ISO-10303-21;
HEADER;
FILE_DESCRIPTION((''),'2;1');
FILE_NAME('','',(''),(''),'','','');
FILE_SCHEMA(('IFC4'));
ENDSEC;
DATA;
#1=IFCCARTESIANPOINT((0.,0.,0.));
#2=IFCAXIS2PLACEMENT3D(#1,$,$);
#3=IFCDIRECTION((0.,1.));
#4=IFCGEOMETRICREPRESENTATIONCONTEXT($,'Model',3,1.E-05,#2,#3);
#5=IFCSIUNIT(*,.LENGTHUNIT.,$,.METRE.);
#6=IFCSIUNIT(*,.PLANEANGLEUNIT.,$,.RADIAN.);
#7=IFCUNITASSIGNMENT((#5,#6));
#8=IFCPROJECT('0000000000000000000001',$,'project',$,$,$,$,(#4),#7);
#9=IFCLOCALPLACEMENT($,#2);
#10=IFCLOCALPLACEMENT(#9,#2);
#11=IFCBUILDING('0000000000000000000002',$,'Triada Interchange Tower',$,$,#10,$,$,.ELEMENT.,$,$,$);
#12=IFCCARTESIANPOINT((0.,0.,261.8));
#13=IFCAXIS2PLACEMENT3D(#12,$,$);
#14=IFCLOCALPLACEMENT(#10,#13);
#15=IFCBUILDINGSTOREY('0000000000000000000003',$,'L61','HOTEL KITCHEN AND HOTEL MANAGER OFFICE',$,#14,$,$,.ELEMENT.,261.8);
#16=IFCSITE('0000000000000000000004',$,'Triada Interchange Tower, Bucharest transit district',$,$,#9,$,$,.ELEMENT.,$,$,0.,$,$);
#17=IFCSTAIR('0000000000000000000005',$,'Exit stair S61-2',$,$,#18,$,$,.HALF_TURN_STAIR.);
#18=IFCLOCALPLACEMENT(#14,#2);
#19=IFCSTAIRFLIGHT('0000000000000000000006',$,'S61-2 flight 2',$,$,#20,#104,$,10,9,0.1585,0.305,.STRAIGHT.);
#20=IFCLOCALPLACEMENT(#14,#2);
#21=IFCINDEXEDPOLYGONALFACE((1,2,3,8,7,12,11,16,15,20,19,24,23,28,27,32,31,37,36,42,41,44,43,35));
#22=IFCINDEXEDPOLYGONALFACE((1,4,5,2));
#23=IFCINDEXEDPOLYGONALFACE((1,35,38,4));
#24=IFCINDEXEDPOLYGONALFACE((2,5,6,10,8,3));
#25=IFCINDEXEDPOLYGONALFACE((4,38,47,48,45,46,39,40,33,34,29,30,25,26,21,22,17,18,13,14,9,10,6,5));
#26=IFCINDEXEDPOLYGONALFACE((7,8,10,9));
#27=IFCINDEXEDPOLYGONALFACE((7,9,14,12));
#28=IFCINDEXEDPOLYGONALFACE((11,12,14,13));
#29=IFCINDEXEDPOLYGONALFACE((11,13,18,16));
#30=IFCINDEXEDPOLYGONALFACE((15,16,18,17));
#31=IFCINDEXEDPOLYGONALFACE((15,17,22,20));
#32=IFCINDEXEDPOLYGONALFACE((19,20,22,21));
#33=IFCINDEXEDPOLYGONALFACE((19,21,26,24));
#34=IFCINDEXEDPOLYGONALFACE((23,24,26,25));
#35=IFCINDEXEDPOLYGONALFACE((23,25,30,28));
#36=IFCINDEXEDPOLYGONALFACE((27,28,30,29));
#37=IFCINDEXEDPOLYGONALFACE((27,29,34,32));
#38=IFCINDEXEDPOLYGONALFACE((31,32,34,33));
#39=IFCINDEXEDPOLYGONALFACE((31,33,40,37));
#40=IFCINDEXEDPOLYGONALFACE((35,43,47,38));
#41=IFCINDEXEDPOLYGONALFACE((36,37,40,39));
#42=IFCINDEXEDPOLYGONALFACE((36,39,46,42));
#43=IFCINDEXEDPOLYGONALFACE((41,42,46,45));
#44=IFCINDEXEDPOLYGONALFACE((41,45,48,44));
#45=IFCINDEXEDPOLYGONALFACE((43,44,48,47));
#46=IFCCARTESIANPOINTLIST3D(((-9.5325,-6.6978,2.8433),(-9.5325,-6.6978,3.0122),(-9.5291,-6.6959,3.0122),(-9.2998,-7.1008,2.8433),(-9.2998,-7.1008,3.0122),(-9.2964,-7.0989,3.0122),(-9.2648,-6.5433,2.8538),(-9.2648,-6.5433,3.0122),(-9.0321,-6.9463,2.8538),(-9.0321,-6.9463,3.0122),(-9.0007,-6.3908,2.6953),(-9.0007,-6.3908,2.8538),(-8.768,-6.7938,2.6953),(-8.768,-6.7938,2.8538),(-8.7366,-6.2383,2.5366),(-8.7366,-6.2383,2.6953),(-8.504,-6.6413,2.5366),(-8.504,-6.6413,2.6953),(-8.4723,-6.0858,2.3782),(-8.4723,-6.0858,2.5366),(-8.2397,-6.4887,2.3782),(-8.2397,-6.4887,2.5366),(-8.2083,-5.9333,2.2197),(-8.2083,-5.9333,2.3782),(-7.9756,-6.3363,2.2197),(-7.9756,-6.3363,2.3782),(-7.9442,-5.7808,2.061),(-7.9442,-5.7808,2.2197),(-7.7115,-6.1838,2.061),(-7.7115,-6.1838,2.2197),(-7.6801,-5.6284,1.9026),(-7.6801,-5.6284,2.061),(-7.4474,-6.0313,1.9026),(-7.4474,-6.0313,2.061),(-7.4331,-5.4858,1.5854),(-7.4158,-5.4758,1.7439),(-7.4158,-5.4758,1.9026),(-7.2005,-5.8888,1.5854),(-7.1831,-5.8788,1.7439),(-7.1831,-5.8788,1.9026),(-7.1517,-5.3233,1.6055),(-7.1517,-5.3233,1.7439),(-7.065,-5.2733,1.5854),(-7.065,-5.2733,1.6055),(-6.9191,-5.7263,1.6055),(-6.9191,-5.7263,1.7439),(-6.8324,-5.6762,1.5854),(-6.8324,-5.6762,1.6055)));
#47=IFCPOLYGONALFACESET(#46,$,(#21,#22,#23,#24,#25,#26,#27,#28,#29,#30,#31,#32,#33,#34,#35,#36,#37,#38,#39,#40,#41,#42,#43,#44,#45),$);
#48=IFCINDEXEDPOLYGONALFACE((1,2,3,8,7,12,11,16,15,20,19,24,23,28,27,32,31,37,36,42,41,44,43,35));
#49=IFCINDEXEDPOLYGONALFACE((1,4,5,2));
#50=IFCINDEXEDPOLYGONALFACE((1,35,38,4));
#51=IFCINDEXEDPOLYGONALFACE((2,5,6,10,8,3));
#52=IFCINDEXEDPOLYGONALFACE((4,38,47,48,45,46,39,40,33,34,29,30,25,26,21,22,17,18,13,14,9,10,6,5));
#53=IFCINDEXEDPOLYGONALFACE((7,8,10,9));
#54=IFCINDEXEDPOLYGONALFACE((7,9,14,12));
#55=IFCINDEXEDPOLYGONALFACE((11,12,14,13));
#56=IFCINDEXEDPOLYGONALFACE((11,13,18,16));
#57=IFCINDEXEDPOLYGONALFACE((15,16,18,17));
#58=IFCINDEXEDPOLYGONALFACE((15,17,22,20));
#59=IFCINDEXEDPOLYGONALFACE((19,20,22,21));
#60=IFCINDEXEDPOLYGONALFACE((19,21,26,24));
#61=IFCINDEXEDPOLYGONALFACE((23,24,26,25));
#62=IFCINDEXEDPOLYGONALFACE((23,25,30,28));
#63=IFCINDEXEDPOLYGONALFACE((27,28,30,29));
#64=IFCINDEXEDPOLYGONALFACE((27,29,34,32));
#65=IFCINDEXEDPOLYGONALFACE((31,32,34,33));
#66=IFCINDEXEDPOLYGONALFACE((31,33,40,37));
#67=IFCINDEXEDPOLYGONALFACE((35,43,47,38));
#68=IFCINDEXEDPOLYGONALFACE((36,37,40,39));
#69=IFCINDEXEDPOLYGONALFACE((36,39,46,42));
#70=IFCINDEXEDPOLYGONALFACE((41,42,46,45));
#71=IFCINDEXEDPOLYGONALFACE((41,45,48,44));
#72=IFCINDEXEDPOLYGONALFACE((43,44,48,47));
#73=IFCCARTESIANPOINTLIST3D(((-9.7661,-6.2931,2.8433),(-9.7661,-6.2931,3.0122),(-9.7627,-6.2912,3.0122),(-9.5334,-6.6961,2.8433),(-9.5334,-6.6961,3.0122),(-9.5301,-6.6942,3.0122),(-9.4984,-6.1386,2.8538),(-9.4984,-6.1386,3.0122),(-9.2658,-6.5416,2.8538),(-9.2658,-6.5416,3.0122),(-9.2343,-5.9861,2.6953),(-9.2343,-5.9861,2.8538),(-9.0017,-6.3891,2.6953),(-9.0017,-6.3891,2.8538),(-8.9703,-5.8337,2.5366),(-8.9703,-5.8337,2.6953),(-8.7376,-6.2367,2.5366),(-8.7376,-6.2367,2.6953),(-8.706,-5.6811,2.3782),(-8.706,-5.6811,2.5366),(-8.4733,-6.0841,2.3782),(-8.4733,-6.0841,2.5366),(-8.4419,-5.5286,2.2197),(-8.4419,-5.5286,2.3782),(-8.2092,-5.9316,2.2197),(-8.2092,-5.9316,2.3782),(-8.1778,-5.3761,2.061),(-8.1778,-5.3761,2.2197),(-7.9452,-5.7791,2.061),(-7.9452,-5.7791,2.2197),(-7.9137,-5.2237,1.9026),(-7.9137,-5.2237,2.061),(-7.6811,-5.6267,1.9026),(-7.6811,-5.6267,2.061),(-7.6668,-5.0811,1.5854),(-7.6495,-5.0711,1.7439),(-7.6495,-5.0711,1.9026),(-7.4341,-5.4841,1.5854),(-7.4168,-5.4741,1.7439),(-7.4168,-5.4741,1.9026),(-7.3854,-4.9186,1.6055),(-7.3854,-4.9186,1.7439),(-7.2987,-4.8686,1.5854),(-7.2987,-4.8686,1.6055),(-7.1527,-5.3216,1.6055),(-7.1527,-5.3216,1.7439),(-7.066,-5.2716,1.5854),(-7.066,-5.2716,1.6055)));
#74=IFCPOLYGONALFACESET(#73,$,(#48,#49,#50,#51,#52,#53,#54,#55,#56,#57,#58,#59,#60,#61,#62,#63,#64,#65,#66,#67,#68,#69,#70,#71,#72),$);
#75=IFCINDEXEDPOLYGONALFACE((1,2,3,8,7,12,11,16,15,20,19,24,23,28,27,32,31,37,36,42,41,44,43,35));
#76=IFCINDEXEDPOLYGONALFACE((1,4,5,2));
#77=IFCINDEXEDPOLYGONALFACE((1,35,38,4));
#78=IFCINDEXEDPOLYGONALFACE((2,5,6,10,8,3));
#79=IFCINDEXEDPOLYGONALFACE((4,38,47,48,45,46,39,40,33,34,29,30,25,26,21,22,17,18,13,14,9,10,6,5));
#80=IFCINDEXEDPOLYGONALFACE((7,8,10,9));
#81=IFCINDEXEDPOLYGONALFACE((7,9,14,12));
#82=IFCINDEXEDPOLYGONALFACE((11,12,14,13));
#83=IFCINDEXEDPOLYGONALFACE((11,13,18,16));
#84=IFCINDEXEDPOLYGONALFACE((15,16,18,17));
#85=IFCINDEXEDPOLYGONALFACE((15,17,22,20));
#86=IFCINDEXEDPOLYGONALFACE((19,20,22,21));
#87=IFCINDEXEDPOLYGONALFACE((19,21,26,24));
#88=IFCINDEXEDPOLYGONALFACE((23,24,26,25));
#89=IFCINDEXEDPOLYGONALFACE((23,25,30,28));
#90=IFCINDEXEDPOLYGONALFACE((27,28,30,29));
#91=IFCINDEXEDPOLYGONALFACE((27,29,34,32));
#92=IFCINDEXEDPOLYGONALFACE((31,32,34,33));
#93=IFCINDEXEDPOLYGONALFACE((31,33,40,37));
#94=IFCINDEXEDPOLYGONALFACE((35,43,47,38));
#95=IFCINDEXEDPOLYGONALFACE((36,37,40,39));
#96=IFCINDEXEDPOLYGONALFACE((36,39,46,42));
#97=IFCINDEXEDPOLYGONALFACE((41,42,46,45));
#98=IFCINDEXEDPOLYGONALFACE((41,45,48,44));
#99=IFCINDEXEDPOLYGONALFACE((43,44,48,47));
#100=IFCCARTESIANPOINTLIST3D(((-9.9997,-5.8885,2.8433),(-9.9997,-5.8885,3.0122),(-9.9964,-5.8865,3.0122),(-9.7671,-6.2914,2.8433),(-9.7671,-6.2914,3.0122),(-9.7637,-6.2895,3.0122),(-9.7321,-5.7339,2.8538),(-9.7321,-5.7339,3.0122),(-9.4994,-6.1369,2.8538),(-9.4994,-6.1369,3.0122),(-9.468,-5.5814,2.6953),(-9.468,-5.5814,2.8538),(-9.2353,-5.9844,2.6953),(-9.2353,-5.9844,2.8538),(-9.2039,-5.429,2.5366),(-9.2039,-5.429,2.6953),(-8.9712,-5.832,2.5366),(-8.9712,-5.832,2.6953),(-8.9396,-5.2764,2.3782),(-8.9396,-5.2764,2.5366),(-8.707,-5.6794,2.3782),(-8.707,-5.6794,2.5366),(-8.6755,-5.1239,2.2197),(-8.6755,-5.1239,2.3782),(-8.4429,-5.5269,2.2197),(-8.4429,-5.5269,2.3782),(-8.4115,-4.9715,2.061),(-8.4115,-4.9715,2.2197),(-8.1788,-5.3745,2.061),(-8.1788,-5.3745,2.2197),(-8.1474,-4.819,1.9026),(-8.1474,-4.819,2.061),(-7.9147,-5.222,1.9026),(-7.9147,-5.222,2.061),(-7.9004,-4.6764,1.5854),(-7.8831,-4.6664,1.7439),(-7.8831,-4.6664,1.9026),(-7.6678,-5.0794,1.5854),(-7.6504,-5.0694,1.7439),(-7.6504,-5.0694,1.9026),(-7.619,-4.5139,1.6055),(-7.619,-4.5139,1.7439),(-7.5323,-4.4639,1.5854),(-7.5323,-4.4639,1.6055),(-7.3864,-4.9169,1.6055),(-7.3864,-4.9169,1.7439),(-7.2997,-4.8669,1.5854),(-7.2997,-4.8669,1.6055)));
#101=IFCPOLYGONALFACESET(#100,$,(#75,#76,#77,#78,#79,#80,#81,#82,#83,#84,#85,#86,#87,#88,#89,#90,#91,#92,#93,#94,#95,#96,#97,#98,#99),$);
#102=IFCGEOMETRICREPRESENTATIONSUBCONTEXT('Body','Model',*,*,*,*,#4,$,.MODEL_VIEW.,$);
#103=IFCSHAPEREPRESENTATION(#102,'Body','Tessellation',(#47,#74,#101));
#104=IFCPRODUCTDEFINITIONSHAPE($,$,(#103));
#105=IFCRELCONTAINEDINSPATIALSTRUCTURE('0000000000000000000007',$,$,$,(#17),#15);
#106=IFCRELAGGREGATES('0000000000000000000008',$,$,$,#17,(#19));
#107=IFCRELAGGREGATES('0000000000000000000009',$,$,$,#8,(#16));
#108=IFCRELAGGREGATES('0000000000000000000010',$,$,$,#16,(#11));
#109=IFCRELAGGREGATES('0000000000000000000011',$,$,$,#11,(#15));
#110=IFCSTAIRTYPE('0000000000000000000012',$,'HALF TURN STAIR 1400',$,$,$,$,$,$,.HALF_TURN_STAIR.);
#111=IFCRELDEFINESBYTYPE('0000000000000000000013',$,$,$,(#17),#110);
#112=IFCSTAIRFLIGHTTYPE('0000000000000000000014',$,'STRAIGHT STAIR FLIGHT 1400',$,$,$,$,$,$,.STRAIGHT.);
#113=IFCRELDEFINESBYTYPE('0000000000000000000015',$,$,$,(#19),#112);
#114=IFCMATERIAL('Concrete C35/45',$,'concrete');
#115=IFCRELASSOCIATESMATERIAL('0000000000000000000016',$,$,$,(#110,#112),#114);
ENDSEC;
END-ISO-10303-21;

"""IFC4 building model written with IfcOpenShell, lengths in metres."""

from ifc_helpers import new_model, si_unit, direction, frame, origin, place, context, subcontext, project, spatial, polyline, outline, extrude, material, type_object, element, aggregate, save


model = new_model("IFC4")

# Units and contexts
model_context = context("Model", 3, precision=1e-05, world=origin(), true_north=direction((0.0, 1.0)))
body_context = subcontext(model_context, "Body", "Model", "MODEL_VIEW")
ifc_project = project(units=[si_unit("LENGTHUNIT", "METRE"), si_unit("PLANEANGLEUNIT", "RADIAN")], contexts=[model_context])

# Site, building, storey
site_placement = place(None, origin())
site = spatial("IfcSite", under=ifc_project, at=site_placement, Name="Triada Interchange Tower, Bucharest transit district", CompositionType="ELEMENT", RefElevation=0.0)
building_placement = place(site_placement, origin())
building = spatial("IfcBuilding", under=site, at=building_placement, Name="Triada Interchange Tower", CompositionType="ELEMENT")
storey_placement = place(building_placement, frame((0.0, 0.0, 261.8)))
storey = spatial("IfcBuildingStorey", under=building, at=storey_placement, Name="L61", Description="HOTEL KITCHEN AND HOTEL MANAGER OFFICE", CompositionType="ELEMENT", Elevation=261.8)

# Stair, stair flight
ifc_material_1 = material(Name="Concrete C35/45", Category="concrete")
stair_type = type_object("IfcStairType", Name="HALF TURN STAIR 1400", PredefinedType="HALF_TURN_STAIR", material=ifc_material_1)
stair_placement = place(storey_placement, origin())
stair = element("IfcStair", 1, at=stair_placement, inside=storey, type_object=stair_type, Name="Exit stair S61-2", PredefinedType="HALF_TURN_STAIR")
stair_flight_type = type_object("IfcStairFlightType", Name="STRAIGHT STAIR FLIGHT 1400", PredefinedType="STRAIGHT", material=ifc_material_1)
stair_flight_1_placement = place(storey_placement, frame((-7.269, -5.1201, 1.5854), z_axis=(0.0, 0.0, 1.0), x_axis=(-0.866025, -0.5, 0.0)))
stair_flight_1 = element("IfcStairFlight", 2, at=stair_flight_1_placement, type_object=stair_flight_type, Name="S61-2 flight 2", NumberOfRisers=10, NumberOfTreads=9, PredefinedType="STRAIGHT", RiserHeight=0.1585, TreadLength=0.305, context=body_context, shape_type="SweptSolid", body=[
    extrude(outline(polyline([(-0.1001, 0.0), (-0.1001, 0.02), (0.0, 0.02), (0.0, 0.1584), (0.3049, 0.1584), (0.3049, 0.3171), (0.6101, 0.3171), (0.6101, 0.4756), (0.915, 0.4756), (0.915, 0.6343), (1.22, 0.6343), (1.22, 0.7927), (1.5249, 0.7927), (1.5249, 0.9512), (1.8301, 0.9512), (1.8301, 1.1099), (2.135, 1.1099), (2.135, 1.2683), (2.4399, 1.2683), (2.4399, 1.4268), (2.7451, 1.4268), (2.749, 1.4268), (2.749, 1.5854), (2.749, 1.2578), (0.325, 0.0), (-0.1001, 0.0)])), frame((0.0, 0.7, 0.0), z_axis=(0.0, -1.0, 0.0), x_axis=(1.0, 0.0, 0.0)), (0.0, 0.0, 1.0), 0.4653),
    extrude(outline(polyline([(-0.1001, 0.0), (-0.1001, 0.02), (0.0, 0.02), (0.0, 0.1584), (0.3049, 0.1584), (0.3049, 0.3171), (0.6101, 0.3171), (0.6101, 0.4756), (0.915, 0.4756), (0.915, 0.6343), (1.22, 0.6343), (1.22, 0.7927), (1.5249, 0.7927), (1.5249, 0.9512), (1.8301, 0.9512), (1.8301, 1.1099), (2.135, 1.1099), (2.135, 1.2683), (2.4399, 1.2683), (2.4399, 1.4268), (2.7451, 1.4268), (2.749, 1.4268), (2.749, 1.5854), (2.749, 1.2578), (0.325, 0.0), (-0.1001, 0.0)])), frame((0.0, 0.2327, 0.0), z_axis=(0.0, -1.0, 0.0), x_axis=(1.0, 0.0, 0.0)), (0.0, 0.0, 1.0), 0.4653),
    extrude(outline(polyline([(-0.1001, 0.0), (-0.1001, 0.02), (0.0, 0.02), (0.0, 0.1584), (0.3049, 0.1584), (0.3049, 0.3171), (0.6101, 0.3171), (0.6101, 0.4756), (0.915, 0.4756), (0.915, 0.6343), (1.22, 0.6343), (1.22, 0.7927), (1.5249, 0.7927), (1.5249, 0.9512), (1.8301, 0.9512), (1.8301, 1.1099), (2.135, 1.1099), (2.135, 1.2683), (2.4399, 1.2683), (2.4399, 1.4268), (2.7451, 1.4268), (2.749, 1.4268), (2.749, 1.5854), (2.749, 1.2578), (0.325, 0.0), (-0.1001, 0.0)])), frame((0.0, -0.2346, 0.0), z_axis=(0.0, -1.0, 0.0), x_axis=(1.0, 0.0, 0.0)), (0.0, 0.0, 1.0), 0.4653),
])

aggregate(stair, [stair_flight_1])

save(model, "model.ifc")
